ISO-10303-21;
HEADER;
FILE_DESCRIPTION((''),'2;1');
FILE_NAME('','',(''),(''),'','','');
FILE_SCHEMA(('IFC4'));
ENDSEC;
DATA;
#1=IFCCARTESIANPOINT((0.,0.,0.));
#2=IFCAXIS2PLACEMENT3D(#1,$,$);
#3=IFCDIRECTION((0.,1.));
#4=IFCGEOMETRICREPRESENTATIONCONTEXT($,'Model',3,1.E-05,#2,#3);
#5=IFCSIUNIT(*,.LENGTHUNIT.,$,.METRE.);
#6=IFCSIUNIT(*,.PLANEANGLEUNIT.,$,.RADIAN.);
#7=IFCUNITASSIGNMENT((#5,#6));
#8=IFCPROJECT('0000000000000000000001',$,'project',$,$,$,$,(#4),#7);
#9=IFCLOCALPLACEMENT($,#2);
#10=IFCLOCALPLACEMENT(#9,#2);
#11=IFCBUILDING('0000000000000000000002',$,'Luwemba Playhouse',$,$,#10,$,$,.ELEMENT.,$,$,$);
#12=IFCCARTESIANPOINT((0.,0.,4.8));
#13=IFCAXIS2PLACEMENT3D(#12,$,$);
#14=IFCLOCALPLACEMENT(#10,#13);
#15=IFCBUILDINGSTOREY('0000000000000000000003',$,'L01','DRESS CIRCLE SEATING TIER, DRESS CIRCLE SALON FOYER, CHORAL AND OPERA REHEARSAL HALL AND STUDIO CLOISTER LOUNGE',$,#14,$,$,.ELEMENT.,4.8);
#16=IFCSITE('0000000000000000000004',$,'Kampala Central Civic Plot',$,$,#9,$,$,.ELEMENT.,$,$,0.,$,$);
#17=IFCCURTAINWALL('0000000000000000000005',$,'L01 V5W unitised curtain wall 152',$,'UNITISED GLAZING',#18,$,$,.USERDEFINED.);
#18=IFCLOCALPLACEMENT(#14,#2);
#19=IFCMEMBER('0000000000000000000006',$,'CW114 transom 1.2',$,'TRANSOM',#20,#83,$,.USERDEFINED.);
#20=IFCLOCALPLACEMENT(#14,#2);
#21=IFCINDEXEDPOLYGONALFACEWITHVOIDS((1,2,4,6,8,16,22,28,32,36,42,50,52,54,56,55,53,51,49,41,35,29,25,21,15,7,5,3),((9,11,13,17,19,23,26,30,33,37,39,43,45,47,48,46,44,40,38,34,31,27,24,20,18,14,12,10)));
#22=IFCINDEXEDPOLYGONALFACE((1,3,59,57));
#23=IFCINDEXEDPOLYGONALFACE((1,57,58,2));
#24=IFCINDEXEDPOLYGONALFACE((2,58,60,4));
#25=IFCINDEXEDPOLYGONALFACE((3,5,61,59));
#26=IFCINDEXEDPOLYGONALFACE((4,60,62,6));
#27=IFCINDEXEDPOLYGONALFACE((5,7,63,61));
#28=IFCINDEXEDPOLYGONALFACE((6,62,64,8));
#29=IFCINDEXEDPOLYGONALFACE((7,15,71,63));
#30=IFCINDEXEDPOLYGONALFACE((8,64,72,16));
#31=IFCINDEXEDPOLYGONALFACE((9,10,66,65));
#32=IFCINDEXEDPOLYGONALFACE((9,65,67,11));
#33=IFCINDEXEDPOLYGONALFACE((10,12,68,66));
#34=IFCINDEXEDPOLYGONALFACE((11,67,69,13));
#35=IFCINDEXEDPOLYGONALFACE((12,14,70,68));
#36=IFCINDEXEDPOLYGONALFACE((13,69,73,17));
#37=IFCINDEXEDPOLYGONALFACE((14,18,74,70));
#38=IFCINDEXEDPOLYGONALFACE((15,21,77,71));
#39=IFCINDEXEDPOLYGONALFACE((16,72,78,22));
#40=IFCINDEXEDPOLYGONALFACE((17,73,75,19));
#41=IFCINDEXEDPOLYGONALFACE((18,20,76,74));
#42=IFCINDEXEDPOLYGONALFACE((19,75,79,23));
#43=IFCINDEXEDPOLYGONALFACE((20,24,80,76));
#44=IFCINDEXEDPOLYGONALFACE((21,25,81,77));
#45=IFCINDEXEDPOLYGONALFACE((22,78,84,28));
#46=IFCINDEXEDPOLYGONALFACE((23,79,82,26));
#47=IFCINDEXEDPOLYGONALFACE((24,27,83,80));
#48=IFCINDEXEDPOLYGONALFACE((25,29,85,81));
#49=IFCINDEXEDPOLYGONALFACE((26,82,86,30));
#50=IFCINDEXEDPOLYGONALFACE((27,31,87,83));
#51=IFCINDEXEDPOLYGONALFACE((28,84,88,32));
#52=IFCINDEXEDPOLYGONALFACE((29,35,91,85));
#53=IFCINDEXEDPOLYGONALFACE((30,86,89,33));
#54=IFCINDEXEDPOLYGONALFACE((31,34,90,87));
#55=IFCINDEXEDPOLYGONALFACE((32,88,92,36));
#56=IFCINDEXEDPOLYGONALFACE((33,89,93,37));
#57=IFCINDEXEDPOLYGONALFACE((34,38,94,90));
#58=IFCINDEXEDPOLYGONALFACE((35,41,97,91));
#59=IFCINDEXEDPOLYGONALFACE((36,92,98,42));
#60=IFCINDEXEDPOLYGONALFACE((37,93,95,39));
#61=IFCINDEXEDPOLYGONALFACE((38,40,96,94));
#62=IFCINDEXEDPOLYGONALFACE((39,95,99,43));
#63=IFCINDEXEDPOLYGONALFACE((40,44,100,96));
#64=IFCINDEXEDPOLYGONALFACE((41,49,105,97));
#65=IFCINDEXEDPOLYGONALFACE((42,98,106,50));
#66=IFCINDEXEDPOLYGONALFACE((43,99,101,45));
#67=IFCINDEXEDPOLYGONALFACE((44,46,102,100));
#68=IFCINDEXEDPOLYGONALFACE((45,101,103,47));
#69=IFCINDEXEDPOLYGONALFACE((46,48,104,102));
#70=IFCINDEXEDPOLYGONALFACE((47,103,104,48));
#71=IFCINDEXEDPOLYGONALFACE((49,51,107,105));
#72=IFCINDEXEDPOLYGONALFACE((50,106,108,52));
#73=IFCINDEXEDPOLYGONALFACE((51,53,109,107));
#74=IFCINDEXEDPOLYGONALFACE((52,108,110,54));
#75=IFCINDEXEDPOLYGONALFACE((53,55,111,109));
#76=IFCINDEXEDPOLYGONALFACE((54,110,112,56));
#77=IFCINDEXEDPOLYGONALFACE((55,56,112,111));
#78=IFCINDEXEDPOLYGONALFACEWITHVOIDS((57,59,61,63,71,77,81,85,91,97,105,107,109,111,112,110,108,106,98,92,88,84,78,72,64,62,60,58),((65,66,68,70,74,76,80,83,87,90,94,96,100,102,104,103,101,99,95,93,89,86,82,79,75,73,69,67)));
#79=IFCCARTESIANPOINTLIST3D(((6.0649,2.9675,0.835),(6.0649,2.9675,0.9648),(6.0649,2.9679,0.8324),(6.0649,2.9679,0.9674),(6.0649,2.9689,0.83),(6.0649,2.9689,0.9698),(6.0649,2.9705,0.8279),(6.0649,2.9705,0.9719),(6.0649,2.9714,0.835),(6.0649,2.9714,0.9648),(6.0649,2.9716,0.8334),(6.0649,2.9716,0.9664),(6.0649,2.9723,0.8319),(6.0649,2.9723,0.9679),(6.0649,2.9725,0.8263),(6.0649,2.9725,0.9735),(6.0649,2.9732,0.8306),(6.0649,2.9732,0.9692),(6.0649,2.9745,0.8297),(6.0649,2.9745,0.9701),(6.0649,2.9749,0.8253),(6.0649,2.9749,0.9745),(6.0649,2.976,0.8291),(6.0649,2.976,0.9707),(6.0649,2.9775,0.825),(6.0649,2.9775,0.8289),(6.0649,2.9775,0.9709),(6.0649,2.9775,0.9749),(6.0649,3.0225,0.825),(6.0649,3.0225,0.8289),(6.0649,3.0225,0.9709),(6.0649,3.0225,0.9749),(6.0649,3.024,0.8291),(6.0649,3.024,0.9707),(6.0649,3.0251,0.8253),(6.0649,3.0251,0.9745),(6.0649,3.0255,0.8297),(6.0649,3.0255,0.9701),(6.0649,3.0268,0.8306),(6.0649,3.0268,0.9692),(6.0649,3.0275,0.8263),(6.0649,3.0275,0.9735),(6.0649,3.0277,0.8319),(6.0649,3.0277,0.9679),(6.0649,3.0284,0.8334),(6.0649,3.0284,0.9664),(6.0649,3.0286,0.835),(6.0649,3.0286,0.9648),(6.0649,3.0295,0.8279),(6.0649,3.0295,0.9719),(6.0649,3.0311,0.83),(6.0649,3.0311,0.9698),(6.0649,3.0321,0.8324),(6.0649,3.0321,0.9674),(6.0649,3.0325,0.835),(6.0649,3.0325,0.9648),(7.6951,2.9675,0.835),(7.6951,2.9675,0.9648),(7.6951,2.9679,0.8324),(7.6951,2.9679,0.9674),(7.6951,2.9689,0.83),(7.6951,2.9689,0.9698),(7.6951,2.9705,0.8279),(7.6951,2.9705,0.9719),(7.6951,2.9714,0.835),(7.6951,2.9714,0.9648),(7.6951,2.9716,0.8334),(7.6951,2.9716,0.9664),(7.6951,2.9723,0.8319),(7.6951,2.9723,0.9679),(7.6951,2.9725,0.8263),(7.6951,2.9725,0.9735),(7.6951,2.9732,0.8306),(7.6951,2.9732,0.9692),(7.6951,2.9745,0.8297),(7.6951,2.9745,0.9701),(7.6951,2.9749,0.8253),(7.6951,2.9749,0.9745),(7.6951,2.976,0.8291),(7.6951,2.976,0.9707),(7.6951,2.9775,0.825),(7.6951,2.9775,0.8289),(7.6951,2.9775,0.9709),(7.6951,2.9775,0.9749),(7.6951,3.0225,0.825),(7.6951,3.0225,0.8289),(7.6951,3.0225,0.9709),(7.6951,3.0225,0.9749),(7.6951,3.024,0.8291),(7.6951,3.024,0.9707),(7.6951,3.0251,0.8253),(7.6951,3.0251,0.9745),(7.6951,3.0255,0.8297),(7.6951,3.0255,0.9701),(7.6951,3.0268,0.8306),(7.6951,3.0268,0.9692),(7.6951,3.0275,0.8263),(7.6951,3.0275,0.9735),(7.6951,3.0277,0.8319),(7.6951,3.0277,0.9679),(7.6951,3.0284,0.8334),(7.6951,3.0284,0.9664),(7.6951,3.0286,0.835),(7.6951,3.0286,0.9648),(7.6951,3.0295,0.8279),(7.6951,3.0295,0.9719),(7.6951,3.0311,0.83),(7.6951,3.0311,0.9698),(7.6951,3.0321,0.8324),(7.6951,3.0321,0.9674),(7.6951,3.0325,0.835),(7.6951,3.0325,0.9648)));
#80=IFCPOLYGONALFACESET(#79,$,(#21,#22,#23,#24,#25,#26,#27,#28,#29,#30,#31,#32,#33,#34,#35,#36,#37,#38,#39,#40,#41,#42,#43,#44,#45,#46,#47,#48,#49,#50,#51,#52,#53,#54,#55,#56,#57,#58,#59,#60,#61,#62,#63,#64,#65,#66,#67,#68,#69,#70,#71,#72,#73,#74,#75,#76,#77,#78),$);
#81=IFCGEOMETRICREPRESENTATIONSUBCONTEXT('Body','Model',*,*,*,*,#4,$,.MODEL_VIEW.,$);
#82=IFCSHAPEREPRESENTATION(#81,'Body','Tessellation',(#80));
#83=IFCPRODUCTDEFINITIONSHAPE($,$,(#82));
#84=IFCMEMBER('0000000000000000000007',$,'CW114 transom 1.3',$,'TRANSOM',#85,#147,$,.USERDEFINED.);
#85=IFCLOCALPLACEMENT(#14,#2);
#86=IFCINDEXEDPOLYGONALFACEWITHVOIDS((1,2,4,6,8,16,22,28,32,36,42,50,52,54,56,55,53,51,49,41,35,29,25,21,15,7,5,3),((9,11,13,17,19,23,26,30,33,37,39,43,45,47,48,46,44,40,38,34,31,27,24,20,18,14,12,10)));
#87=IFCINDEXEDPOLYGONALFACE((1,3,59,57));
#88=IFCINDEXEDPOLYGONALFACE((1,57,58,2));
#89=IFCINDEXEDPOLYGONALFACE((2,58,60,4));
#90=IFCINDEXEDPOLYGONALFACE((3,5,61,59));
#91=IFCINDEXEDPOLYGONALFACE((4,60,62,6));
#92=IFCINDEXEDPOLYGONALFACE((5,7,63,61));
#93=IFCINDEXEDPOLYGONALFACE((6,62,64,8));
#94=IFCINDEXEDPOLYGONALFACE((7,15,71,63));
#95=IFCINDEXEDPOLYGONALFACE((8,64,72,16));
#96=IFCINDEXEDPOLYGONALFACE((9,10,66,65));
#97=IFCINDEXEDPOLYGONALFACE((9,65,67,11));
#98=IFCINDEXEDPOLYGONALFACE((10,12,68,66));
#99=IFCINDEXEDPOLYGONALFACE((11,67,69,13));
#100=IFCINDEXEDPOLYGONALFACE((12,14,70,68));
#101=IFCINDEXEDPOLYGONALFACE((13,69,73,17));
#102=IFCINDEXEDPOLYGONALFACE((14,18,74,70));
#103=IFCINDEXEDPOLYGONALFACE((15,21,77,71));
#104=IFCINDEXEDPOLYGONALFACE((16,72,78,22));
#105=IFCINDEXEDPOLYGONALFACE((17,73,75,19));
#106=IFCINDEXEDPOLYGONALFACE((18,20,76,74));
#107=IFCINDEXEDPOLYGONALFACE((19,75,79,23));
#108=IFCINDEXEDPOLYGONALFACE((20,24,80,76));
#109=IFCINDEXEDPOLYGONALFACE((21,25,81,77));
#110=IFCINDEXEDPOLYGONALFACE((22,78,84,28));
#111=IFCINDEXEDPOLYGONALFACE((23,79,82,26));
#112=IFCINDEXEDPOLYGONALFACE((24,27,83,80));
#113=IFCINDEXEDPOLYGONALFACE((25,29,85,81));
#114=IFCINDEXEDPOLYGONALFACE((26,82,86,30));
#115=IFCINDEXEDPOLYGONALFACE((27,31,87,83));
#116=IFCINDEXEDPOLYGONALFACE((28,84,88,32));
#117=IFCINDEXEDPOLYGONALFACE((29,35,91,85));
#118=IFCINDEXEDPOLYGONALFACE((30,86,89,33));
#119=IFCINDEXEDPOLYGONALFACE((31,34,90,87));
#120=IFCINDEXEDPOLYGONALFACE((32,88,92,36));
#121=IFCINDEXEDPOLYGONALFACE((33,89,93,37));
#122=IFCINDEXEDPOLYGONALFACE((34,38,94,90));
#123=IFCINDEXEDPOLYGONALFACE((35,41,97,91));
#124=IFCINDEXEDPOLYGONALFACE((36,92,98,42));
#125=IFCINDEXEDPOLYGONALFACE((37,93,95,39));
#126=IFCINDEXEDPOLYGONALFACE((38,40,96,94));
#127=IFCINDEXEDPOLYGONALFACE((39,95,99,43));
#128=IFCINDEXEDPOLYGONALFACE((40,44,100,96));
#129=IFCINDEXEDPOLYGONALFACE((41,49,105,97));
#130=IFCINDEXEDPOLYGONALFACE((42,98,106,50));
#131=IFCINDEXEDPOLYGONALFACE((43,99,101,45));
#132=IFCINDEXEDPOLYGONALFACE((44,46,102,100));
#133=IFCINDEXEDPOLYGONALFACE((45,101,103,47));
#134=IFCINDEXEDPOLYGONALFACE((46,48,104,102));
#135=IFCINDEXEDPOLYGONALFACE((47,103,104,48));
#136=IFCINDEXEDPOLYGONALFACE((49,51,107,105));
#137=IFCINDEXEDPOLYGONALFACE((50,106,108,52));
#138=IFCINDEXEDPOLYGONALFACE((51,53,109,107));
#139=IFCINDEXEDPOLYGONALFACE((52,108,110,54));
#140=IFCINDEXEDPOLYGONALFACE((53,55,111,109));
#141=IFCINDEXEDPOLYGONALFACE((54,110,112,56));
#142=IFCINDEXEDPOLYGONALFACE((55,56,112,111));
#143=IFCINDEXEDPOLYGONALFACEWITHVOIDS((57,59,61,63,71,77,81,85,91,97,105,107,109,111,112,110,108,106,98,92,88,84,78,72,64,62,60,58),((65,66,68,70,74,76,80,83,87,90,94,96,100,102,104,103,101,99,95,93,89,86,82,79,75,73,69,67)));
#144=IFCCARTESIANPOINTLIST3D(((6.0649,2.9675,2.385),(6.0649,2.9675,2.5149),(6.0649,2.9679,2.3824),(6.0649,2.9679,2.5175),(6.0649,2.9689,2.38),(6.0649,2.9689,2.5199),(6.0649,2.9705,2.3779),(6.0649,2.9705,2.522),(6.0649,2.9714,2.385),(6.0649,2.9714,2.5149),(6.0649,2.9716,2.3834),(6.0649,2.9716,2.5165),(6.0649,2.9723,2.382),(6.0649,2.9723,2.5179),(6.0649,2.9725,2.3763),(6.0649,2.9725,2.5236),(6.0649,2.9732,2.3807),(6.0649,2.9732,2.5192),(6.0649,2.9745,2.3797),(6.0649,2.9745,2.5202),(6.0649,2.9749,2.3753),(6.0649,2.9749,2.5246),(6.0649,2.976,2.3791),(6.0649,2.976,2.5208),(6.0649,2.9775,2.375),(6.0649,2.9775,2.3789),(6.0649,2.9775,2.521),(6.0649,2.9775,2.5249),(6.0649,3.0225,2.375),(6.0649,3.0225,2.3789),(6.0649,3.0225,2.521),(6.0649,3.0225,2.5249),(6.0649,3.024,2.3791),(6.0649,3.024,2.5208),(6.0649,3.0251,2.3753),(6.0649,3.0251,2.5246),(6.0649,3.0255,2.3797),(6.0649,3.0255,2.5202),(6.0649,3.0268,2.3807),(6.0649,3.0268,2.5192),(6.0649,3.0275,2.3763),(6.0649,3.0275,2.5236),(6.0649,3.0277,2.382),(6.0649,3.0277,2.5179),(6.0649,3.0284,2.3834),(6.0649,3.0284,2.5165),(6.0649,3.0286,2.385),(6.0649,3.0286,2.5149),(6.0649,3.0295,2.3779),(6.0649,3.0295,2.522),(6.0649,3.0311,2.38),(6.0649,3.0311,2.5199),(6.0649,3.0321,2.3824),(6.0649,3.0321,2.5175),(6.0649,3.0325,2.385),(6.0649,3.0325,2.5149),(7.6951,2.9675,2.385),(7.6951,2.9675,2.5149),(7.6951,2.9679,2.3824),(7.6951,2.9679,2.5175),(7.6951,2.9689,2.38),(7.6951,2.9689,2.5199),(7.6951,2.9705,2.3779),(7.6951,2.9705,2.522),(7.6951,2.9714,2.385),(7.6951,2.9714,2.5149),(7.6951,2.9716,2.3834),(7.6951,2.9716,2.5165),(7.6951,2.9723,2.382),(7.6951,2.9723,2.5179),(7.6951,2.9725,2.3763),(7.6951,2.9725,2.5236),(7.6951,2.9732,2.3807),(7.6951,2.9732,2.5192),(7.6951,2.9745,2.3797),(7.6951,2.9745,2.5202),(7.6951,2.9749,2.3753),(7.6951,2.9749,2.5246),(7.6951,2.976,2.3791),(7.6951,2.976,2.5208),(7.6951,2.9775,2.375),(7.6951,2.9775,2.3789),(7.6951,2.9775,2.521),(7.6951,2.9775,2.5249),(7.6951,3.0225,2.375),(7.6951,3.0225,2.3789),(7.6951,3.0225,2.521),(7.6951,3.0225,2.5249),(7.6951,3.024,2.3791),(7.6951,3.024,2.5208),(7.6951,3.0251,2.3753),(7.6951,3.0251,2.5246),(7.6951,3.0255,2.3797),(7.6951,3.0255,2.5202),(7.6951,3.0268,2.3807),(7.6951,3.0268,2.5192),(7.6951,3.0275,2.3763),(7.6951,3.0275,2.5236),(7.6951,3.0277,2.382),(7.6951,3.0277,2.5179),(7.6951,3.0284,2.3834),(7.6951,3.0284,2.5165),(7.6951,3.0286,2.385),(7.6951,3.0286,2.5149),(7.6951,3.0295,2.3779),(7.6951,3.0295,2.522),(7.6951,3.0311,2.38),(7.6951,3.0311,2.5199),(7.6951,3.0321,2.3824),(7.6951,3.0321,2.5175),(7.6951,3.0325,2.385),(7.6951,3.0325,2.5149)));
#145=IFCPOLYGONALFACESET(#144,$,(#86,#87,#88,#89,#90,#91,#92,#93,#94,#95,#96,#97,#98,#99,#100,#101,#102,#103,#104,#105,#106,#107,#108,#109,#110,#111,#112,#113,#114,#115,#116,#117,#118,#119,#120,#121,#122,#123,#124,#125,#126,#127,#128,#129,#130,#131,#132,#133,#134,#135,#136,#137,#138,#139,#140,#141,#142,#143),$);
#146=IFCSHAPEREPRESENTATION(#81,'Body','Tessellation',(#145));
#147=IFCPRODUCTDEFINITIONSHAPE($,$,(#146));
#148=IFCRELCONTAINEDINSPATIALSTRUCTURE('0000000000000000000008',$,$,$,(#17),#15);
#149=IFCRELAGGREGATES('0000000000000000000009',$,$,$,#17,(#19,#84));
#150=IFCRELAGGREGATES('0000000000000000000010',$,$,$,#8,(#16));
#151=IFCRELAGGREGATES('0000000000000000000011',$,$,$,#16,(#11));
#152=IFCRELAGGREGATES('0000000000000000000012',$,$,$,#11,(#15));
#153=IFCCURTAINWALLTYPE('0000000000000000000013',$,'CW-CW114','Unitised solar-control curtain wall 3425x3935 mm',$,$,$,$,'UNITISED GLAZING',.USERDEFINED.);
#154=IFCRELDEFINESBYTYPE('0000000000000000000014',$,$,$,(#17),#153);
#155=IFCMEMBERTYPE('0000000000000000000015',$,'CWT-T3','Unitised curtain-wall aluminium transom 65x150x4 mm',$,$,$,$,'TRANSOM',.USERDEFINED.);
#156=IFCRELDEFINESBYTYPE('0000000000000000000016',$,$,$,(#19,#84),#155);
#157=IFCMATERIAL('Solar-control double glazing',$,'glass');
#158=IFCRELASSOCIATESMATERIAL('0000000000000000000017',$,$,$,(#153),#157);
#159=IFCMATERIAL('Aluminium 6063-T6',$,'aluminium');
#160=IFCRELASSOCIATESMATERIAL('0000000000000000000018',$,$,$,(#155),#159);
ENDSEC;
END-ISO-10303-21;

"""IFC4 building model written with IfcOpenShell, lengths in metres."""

from ifc_helpers import new_model, si_unit, direction, frame, origin, origin_2d, place, context, subcontext, project, spatial, hollow_rectangle, extrude, material, material_profile, profile_set, type_object, element, aggregate, save


model = new_model("IFC4")

# Units and contexts
model_context = context("Model", 3, precision=1e-05, world=origin(), true_north=direction((0.0, 1.0)))
body_context = subcontext(model_context, "Body", "Model", "MODEL_VIEW")
ifc_project = project(units=[si_unit("LENGTHUNIT", "METRE"), si_unit("PLANEANGLEUNIT", "RADIAN")], contexts=[model_context])

# Site, building, storey
site_placement = place(None, origin())
site = spatial("IfcSite", under=ifc_project, at=site_placement, Name="Kampala Central Civic Plot", CompositionType="ELEMENT", RefElevation=0.0)
building_placement = place(site_placement, origin())
building = spatial("IfcBuilding", under=site, at=building_placement, Name="Luwemba Playhouse", CompositionType="ELEMENT")
storey_placement = place(building_placement, frame((0.0, 0.0, 4.8)))
storey = spatial("IfcBuildingStorey", under=building, at=storey_placement, Name="L01", Description="DRESS CIRCLE SEATING TIER, DRESS CIRCLE SALON FOYER, CHORAL AND OPERA REHEARSAL HALL AND STUDIO CLOISTER LOUNGE", CompositionType="ELEMENT", Elevation=4.8)

# Curtain wall, members
ifc_material_1 = material(Name="Solar-control double glazing", Category="glass")
curtain_wall_type = type_object("IfcCurtainWallType", Name="CW-CW114", Description="Unitised solar-control curtain wall 3425x3935 mm", ElementType="UNITISED GLAZING", PredefinedType="USERDEFINED", material=ifc_material_1)
curtain_wall_placement = place(storey_placement, origin())
curtain_wall = element("IfcCurtainWall", 1, at=curtain_wall_placement, inside=storey, type_object=curtain_wall_type, Name="L01 V5W unitised curtain wall 152", ObjectType="UNITISED GLAZING", PredefinedType="USERDEFINED")
ifc_material_2 = material(Name="Aluminium 6063-T6", Category="aluminium")
ifc_material_profile_1 = material_profile(ifc_material_2, hollow_rectangle(XDim=0.0649, YDim=0.1499, WallThickness=0.0039, InnerFilletRadius=0.0061, OuterFilletRadius=0.01, at=origin_2d()))
ifc_profile_set_1 = profile_set([ifc_material_profile_1], Name="Aluminium 6063-T6")
member_type_1 = type_object("IfcMemberType", Name="CWT-T3", Description="Unitised curtain-wall aluminium transom 65x150x4 mm", ElementType="TRANSOM", PredefinedType="USERDEFINED", material=ifc_profile_set_1)
member_1_placement = place(storey_placement, frame((7.6951, 3.0, 0.8999), z_axis=(-1.0, 0.0, 0.0), x_axis=(0.0, -1.0, 0.0)))
member_1 = element("IfcMember", 2, at=member_1_placement, type_object=member_type_1, Name="CW114 transom 1.2", ObjectType="TRANSOM", PredefinedType="USERDEFINED", context=body_context, shape_type="SweptSolid", body=[
    extrude(hollow_rectangle(XDim=0.0649, YDim=0.1499, WallThickness=0.0039, InnerFilletRadius=0.0061, OuterFilletRadius=0.01, at=origin_2d()), origin(), (0.0, 0.0, 1.0), 1.6301),
])
member_2_placement = place(storey_placement, frame((7.6951, 3.0, 2.45), z_axis=(-1.0, 0.0, 0.0), x_axis=(0.0, -1.0, 0.0)))
member_2 = element("IfcMember", 3, at=member_2_placement, type_object=member_type_1, Name="CW114 transom 1.3", ObjectType="TRANSOM", PredefinedType="USERDEFINED", context=body_context, shape_type="SweptSolid", body=[
    extrude(hollow_rectangle(XDim=0.0649, YDim=0.1499, WallThickness=0.0039, InnerFilletRadius=0.0061, OuterFilletRadius=0.01, at=origin_2d()), origin(), (0.0, 0.0, 1.0), 1.6301),
])
aggregate(curtain_wall, [member_1, member_2])

save(model, "model.ifc")
